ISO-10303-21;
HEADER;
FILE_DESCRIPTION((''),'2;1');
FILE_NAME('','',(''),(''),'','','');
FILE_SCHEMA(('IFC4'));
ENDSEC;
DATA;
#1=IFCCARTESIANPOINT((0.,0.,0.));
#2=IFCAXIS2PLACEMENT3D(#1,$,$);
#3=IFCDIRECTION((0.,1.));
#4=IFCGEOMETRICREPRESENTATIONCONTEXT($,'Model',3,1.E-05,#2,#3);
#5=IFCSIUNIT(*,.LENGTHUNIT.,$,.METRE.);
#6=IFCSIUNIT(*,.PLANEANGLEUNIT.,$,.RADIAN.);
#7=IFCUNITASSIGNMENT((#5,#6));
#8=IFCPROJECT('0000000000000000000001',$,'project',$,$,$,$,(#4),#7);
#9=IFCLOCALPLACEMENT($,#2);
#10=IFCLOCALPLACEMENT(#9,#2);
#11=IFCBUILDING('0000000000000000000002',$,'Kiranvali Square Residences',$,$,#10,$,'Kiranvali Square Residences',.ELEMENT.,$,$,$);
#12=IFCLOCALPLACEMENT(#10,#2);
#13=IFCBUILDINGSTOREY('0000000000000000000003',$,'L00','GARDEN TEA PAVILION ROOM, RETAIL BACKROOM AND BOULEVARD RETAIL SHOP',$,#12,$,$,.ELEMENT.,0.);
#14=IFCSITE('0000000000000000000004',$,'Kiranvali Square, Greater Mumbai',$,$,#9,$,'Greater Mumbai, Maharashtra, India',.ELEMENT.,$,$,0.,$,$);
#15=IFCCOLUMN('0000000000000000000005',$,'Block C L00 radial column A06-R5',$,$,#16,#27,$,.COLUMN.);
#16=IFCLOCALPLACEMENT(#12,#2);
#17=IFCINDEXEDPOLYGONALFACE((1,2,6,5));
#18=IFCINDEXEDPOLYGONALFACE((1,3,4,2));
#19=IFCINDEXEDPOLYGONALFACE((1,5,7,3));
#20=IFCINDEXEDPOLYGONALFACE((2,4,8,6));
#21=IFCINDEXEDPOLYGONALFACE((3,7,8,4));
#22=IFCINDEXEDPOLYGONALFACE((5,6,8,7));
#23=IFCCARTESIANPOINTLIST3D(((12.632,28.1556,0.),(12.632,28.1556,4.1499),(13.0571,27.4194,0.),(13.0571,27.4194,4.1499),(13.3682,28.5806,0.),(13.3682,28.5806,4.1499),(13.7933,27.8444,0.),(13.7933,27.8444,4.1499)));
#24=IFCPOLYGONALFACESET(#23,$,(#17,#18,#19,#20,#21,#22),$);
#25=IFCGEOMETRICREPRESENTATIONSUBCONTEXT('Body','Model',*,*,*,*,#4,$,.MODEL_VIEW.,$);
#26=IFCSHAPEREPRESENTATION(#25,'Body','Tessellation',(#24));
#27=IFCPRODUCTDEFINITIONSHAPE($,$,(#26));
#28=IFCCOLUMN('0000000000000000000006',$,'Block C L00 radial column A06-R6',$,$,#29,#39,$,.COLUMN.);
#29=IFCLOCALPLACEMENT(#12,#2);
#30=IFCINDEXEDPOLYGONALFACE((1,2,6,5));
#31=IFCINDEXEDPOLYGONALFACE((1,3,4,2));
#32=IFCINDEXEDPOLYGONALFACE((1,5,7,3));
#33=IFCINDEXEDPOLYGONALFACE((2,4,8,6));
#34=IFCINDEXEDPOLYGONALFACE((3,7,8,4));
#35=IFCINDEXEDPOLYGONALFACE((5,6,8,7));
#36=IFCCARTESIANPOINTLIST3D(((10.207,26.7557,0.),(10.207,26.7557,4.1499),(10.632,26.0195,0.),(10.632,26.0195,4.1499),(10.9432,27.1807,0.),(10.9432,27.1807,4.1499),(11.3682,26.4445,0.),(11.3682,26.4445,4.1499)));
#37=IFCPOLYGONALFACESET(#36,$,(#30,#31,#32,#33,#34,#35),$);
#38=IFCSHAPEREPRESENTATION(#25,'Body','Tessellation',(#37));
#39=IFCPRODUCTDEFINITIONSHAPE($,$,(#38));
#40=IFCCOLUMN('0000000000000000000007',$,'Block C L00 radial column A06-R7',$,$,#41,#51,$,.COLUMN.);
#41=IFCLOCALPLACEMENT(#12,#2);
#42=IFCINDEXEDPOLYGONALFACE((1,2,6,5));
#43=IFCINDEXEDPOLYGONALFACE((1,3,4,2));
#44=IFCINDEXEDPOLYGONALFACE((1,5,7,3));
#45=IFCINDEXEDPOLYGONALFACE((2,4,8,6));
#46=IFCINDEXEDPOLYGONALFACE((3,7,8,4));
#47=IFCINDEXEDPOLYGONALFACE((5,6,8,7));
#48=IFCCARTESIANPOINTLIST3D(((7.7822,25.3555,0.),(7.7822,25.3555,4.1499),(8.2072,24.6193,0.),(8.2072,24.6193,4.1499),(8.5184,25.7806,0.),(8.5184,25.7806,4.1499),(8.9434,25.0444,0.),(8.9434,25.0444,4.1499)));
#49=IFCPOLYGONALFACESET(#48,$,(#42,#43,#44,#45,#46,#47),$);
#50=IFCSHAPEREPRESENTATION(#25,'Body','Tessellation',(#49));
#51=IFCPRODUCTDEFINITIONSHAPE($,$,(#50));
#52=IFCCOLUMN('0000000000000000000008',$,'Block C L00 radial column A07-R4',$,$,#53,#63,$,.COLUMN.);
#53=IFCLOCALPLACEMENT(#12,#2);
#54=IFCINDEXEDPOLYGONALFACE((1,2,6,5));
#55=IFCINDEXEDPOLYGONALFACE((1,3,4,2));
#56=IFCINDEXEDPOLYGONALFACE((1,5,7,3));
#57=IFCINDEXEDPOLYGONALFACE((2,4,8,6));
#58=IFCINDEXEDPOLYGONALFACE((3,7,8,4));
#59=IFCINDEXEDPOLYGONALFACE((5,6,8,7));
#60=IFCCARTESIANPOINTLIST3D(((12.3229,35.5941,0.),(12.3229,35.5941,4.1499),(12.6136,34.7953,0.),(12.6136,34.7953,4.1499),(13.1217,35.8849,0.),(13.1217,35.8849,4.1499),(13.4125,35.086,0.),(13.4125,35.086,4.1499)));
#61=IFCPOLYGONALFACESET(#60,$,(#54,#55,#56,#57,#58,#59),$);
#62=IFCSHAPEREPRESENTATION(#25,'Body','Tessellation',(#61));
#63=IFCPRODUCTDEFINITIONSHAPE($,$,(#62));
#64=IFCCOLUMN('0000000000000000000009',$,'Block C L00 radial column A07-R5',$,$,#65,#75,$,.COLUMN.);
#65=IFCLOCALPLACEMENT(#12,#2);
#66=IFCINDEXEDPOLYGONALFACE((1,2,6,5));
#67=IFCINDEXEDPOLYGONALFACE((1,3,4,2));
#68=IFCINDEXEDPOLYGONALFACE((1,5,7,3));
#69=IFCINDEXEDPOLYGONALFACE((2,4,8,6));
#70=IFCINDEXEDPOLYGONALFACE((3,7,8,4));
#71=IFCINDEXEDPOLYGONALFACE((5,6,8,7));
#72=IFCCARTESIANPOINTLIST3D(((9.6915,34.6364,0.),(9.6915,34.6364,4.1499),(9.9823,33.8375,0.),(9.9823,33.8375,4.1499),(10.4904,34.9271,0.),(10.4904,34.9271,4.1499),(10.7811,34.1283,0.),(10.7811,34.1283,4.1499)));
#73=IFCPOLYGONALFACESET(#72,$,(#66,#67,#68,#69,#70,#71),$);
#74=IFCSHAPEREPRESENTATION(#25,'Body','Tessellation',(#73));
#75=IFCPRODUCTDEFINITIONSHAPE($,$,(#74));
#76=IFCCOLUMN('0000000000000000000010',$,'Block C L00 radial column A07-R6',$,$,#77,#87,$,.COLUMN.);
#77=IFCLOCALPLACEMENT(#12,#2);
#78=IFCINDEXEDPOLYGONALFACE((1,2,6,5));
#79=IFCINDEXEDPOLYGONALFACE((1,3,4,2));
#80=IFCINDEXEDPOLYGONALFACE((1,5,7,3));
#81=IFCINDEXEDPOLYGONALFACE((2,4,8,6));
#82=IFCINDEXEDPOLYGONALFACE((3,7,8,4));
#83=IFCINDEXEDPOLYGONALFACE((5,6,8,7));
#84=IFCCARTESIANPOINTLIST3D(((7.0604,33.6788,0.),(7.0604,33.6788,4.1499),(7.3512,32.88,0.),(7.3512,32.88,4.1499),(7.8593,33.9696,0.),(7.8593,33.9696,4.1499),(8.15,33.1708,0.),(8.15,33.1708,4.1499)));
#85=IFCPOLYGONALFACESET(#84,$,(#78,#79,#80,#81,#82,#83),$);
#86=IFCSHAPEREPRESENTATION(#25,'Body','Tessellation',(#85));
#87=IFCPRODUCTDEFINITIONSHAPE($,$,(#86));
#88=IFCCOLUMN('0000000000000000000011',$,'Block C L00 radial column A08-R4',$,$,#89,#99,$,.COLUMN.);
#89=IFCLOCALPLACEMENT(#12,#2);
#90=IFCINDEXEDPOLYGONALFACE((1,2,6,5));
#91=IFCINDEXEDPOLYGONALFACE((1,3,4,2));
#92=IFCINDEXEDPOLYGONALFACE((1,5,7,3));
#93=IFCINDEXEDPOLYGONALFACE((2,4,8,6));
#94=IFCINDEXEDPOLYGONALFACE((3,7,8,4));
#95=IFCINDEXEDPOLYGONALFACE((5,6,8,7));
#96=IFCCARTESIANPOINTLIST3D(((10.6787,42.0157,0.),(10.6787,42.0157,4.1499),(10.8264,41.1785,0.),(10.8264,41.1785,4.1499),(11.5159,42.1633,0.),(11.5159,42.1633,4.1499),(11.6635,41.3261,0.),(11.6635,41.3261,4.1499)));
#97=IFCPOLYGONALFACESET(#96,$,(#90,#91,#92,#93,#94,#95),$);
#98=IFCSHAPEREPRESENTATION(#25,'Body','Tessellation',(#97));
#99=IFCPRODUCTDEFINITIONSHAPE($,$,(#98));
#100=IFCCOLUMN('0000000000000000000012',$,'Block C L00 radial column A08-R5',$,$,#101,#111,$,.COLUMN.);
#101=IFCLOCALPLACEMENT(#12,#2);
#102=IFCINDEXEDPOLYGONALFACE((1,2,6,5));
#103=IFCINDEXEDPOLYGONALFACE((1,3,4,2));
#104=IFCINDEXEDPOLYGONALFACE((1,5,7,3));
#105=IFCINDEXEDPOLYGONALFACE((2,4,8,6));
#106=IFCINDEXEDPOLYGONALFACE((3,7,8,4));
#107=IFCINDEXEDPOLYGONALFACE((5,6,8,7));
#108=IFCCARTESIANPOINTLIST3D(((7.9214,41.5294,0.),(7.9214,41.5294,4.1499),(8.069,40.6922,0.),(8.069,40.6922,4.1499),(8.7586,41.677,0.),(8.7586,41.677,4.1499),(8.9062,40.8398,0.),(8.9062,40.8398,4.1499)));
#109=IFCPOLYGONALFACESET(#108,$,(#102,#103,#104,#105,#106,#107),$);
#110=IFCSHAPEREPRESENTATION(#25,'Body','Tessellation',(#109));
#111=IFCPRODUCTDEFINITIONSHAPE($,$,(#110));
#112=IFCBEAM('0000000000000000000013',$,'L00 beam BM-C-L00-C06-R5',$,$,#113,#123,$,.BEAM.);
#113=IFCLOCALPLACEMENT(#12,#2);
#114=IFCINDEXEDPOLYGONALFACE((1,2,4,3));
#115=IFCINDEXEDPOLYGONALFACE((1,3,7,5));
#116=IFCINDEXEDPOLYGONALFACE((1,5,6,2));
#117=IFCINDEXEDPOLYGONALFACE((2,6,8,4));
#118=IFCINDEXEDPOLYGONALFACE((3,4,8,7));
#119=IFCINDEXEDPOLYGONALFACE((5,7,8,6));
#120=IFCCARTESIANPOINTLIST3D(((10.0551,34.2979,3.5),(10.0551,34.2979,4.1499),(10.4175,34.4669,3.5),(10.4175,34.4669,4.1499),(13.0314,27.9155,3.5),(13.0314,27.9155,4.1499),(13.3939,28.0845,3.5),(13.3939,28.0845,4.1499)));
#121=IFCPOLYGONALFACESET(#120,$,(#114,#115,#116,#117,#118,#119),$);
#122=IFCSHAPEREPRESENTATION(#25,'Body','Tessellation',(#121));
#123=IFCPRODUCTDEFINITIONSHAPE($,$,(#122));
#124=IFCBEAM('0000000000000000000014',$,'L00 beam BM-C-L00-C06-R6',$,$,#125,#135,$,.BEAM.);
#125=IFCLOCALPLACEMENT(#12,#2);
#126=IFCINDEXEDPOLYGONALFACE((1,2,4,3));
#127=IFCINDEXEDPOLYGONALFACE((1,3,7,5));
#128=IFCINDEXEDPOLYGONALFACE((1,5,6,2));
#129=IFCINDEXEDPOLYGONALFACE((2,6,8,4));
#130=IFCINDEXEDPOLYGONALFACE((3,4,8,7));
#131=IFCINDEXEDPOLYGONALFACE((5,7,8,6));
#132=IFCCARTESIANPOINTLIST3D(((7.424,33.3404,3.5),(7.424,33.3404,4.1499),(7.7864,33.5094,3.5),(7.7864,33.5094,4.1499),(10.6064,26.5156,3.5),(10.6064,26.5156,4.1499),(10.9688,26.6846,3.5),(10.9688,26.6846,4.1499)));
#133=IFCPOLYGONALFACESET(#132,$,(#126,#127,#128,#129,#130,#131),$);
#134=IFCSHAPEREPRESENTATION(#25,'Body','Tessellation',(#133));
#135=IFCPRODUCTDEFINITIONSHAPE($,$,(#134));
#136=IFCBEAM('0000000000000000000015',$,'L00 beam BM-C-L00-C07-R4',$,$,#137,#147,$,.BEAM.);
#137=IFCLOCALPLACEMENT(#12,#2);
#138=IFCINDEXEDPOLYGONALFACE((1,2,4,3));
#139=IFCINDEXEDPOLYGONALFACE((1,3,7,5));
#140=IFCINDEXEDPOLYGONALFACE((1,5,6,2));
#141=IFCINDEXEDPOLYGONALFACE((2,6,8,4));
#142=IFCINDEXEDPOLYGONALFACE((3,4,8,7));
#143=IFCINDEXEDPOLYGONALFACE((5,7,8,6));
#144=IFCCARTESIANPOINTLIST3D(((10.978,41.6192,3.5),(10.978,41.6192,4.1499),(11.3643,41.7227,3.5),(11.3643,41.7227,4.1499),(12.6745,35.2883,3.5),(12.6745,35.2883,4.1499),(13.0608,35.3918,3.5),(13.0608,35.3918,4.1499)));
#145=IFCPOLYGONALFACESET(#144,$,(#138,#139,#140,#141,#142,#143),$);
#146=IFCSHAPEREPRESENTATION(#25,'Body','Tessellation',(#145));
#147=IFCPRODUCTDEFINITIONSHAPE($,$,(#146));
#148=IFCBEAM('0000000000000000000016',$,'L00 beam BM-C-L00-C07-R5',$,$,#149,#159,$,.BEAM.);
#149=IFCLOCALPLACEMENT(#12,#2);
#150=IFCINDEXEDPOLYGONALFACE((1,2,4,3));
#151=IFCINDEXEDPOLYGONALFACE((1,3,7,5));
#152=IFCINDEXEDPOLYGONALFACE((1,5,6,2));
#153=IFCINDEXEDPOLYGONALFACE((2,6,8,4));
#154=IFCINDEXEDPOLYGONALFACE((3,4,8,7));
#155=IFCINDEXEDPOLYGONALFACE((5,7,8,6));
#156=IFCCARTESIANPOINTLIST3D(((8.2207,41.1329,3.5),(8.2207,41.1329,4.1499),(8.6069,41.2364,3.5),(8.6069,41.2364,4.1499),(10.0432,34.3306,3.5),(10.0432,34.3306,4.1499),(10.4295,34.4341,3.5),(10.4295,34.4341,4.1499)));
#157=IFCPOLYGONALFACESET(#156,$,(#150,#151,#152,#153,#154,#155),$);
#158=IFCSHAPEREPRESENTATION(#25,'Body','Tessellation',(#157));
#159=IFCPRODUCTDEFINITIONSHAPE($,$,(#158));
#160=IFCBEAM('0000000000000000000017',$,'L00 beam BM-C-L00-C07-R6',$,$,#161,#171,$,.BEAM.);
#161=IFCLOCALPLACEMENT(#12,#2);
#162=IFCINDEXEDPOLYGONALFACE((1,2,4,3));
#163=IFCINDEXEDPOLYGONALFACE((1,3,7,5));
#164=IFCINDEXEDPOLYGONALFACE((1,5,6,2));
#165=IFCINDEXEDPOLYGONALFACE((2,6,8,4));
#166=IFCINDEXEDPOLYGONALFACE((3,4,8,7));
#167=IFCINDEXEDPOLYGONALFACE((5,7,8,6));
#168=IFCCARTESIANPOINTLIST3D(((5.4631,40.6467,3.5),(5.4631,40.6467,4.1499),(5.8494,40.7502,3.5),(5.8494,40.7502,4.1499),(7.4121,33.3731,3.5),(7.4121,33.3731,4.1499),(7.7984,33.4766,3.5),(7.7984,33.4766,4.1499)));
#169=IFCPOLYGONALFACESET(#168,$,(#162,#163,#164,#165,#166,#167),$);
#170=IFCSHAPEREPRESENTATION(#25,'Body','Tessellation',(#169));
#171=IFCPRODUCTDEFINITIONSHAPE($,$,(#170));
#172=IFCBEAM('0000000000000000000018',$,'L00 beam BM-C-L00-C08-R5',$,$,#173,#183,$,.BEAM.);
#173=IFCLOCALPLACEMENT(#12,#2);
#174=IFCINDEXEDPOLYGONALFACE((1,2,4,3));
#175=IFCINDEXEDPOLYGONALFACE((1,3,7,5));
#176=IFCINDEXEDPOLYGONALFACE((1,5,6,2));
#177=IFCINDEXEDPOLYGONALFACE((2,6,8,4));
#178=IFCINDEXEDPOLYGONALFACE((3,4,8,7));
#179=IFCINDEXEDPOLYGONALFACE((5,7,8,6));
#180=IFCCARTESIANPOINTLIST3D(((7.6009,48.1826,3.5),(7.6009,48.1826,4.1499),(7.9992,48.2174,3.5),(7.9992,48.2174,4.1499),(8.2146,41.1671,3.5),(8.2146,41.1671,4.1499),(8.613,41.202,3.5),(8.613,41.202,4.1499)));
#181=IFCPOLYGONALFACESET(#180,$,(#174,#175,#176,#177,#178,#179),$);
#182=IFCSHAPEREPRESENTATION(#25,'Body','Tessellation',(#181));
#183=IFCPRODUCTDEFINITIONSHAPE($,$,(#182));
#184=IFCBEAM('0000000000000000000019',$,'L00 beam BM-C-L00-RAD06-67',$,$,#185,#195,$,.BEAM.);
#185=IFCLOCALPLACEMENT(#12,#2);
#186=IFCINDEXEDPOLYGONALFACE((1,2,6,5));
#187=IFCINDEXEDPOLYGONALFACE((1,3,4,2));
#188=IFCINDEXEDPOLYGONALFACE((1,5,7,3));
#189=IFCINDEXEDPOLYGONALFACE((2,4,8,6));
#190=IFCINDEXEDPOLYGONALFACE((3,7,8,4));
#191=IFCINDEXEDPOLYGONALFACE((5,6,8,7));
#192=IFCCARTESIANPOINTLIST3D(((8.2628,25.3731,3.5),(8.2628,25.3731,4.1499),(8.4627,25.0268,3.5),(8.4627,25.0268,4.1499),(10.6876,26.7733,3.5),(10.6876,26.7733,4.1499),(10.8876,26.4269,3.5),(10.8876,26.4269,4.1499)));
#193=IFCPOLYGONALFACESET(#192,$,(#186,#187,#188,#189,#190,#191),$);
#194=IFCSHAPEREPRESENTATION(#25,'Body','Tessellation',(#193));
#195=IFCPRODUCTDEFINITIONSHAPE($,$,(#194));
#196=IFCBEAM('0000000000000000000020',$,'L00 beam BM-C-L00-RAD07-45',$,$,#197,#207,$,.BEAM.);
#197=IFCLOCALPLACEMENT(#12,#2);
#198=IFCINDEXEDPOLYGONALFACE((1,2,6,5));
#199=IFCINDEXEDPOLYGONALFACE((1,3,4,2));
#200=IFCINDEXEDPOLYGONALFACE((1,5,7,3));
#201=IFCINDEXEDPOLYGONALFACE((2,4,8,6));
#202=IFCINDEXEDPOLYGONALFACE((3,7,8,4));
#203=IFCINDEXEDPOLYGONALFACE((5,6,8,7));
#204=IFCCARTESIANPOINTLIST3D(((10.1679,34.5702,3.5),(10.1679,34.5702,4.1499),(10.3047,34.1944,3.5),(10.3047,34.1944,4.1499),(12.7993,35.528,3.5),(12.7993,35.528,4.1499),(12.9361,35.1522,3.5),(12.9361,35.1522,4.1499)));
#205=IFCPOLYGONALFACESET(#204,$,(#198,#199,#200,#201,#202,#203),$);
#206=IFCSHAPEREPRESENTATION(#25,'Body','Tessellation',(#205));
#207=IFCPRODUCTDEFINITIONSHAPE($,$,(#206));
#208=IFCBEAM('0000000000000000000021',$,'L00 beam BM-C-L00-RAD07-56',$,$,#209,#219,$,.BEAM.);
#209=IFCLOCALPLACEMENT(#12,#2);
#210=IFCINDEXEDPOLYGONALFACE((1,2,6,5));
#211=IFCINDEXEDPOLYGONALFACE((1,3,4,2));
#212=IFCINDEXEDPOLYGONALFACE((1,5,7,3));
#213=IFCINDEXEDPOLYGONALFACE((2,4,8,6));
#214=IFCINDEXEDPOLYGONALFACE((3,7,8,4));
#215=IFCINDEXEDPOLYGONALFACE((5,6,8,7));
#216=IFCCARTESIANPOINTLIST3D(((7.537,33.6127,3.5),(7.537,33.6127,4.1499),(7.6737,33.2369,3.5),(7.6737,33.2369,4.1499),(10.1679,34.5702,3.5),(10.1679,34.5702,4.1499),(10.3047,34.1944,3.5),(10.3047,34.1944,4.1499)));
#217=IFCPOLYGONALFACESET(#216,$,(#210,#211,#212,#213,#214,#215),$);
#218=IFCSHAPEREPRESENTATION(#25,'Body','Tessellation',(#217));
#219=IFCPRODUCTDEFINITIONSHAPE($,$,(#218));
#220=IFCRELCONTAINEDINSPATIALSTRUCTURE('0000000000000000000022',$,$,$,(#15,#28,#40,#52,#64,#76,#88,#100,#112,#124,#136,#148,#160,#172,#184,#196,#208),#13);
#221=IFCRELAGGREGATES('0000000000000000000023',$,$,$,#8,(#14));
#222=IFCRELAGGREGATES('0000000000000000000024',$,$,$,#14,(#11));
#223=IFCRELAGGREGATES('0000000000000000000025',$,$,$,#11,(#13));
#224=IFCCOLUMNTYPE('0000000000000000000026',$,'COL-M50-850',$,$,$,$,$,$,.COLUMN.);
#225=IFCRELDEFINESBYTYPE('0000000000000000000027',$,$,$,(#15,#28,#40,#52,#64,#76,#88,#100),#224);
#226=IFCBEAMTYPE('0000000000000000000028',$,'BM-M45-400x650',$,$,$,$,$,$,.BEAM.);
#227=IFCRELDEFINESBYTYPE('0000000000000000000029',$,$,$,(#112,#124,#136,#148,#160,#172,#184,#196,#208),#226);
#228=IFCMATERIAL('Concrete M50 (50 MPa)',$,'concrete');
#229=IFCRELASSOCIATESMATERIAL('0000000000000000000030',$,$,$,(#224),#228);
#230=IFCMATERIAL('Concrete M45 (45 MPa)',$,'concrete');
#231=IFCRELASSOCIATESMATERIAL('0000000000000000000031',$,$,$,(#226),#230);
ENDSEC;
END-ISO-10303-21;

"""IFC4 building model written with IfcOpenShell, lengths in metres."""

from ifc_helpers import new_model, si_unit, direction, frame, origin, origin_2d, place, context, subcontext, project, spatial, rectangle, extrude, material, material_profile, profile_set, type_object, element, save


model = new_model("IFC4")

# Units and contexts
model_context = context("Model", 3, precision=1e-05, world=origin(), true_north=direction((0.0, 1.0)))
body_context = subcontext(model_context, "Body", "Model", "MODEL_VIEW")
ifc_project = project(units=[si_unit("LENGTHUNIT", "METRE"), si_unit("PLANEANGLEUNIT", "RADIAN")], contexts=[model_context])

# Site, building, storey
site_placement = place(None, origin())
site = spatial("IfcSite", under=ifc_project, at=site_placement, Name="Kiranvali Square, Greater Mumbai", LongName="Greater Mumbai, Maharashtra, India", CompositionType="ELEMENT", RefElevation=0.0)
building_placement = place(site_placement, origin())
building = spatial("IfcBuilding", under=site, at=building_placement, Name="Kiranvali Square Residences", LongName="Kiranvali Square Residences", CompositionType="ELEMENT")
storey_placement = place(building_placement, origin())
storey = spatial("IfcBuildingStorey", under=building, at=storey_placement, Name="L00", Description="GARDEN TEA PAVILION ROOM, RETAIL BACKROOM AND BOULEVARD RETAIL SHOP", CompositionType="ELEMENT", Elevation=0.0)

# Columns
ifc_material_1 = material(Name="Concrete M50 (50 MPa)", Category="concrete")
ifc_material_profile_1 = material_profile(ifc_material_1, rectangle(XDim=0.8501, YDim=0.8501, at=origin_2d()), Name="RC 850x850")
ifc_profile_set_1 = profile_set([ifc_material_profile_1], Name="Concrete M50 (50 MPa)")
column_type = type_object("IfcColumnType", Name="COL-M50-850", PredefinedType="COLUMN", material=ifc_profile_set_1)
for number, where, z_axis, x_axis, name in (
    (1, (13.2126, 28.0, 0.0), (0.0, 0.0, 1.0), (-0.5, 0.866025, 0.0), "Block C L00 radial column A06-R5"),
    (2, (10.7876, 26.6001, 0.0), (0.0, 0.0, 1.0), (-0.5, 0.866025, 0.0), "Block C L00 radial column A06-R6"),
    (3, (8.3628, 25.2, 0.0), (0.0, 0.0, 1.0), (-0.5, 0.866025, 0.0), "Block C L00 radial column A06-R7"),
    (4, (12.8677, 35.3401, 0.0), (0.0, 0.0, 1.0), (-0.34202, 0.939693, 0.0), "Block C L00 radial column A07-R4"),
    (5, (10.2363, 34.3823, 0.0), (0.0, 0.0, 1.0), (-0.34202, 0.939693, 0.0), "Block C L00 radial column A07-R5"),
    (6, (7.6052, 33.4248, 0.0), (0.0, 0.0, 1.0), (-0.34202, 0.939693, 0.0), "Block C L00 radial column A07-R6"),
    (7, (11.1711, 41.6709, 0.0), (0.0, 0.0, 1.0), (-0.173648, 0.984808, 0.0), "Block C L00 radial column A08-R4"),
    (8, (8.4138, 41.1846, 0.0), (0.0, 0.0, 1.0), (-0.173648, 0.984808, 0.0), "Block C L00 radial column A08-R5"),
):
    element("IfcColumn", number, at=place(storey_placement, frame(where, z_axis=z_axis, x_axis=x_axis)), inside=storey, type_object=column_type, Name=name, PredefinedType="COLUMN", context=body_context, shape_type="SweptSolid", body=[
        extrude(rectangle(XDim=0.8501, YDim=0.8501, at=origin_2d()), origin(), (0.0, 0.0, 1.0), 4.1499),
    ])

# Beams
ifc_material_2 = material(Name="Concrete M45 (45 MPa)", Category="concrete")
ifc_material_profile_2 = material_profile(ifc_material_2, rectangle(XDim=0.3999, YDim=0.6499, at=origin_2d()), Name="RC 400x650")
ifc_profile_set_2 = profile_set([ifc_material_profile_2], Name="Concrete M45 (45 MPa)")
beam_type_1 = type_object("IfcBeamType", Name="BM-M45-400x650", PredefinedType="BEAM", material=ifc_profile_set_2)
beam_1_placement = place(storey_placement, frame((13.2126, 28.0, 3.825), z_axis=(-0.422641, 0.906297, 0.0), x_axis=(-0.906297, -0.422641, 0.0)))
element("IfcBeam", 9, at=beam_1_placement, inside=storey, type_object=beam_type_1, Name="L00 beam BM-C-L00-C06-R5", PredefinedType="BEAM", context=body_context, shape_type="SweptSolid", body=[
    extrude(rectangle(XDim=0.3999, YDim=0.6499, at=origin_2d()), origin(), (0.0, 0.0, 1.0), 7.0422),
])
beam_2_placement = place(storey_placement, frame((10.7876, 26.6001, 3.825), z_axis=(-0.422614, 0.90631, 0.0), x_axis=(-0.90631, -0.422614, 0.0)))
element("IfcBeam", 10, at=beam_2_placement, inside=storey, type_object=beam_type_1, Name="L00 beam BM-C-L00-C06-R6", PredefinedType="BEAM", context=body_context, shape_type="SweptSolid", body=[
    extrude(rectangle(XDim=0.3999, YDim=0.6499, at=origin_2d()), origin(), (0.0, 0.0, 1.0), 7.5303),
])
beam_3_placement = place(storey_placement, frame((12.8677, 35.3401, 3.825), z_axis=(-0.258847, 0.965918, 0.0), x_axis=(-0.965918, -0.258847, 0.0)))
element("IfcBeam", 11, at=beam_3_placement, inside=storey, type_object=beam_type_1, Name="L00 beam BM-C-L00-C07-R4", PredefinedType="BEAM", context=body_context, shape_type="SweptSolid", body=[
    extrude(rectangle(XDim=0.3999, YDim=0.6499, at=origin_2d()), origin(), (0.0, 0.0, 1.0), 6.5542),
])
beam_4_placement = place(storey_placement, frame((10.2363, 34.3823, 3.825), z_axis=(-0.2588, 0.965931, 0.0), x_axis=(-0.965931, -0.2588, 0.0)))
element("IfcBeam", 12, at=beam_4_placement, inside=storey, type_object=beam_type_1, Name="L00 beam BM-C-L00-C07-R5", PredefinedType="BEAM", context=body_context, shape_type="SweptSolid", body=[
    extrude(rectangle(XDim=0.3999, YDim=0.6499, at=origin_2d()), origin(), (0.0, 0.0, 1.0), 7.0422),
])
beam_5_placement = place(storey_placement, frame((7.6052, 33.4248, 3.825), z_axis=(-0.258819, 0.965926, 0.0), x_axis=(-0.965926, -0.258819, 0.0)))
element("IfcBeam", 13, at=beam_5_placement, inside=storey, type_object=beam_type_1, Name="L00 beam BM-C-L00-C07-R6", PredefinedType="BEAM", context=body_context, shape_type="SweptSolid", body=[
    extrude(rectangle(XDim=0.3999, YDim=0.6499, at=origin_2d()), origin(), (0.0, 0.0, 1.0), 7.5303),
])
beam_6_placement = place(storey_placement, frame((8.4138, 41.1846, 3.825), z_axis=(-0.087156, 0.996195, 0.0), x_axis=(-0.996195, -0.087156, 0.0)))
element("IfcBeam", 14, at=beam_6_placement, inside=storey, type_object=beam_type_1, Name="L00 beam BM-C-L00-C08-R5", PredefinedType="BEAM", context=body_context, shape_type="SweptSolid", body=[
    extrude(rectangle(XDim=0.3999, YDim=0.6499, at=origin_2d()), origin(), (0.0, 0.0, 1.0), 7.0422),
])
beam_7_placement = place(storey_placement, frame((10.7876, 26.6001, 3.825), z_axis=(-0.865997, -0.50005, 0.0), x_axis=(0.50005, -0.865997, 0.0)))
element("IfcBeam", 15, at=beam_7_placement, inside=storey, type_object=beam_type_1, Name="L00 beam BM-C-L00-RAD06-67", PredefinedType="BEAM", context=body_context, shape_type="SweptSolid", body=[
    extrude(rectangle(XDim=0.3999, YDim=0.6499, at=origin_2d()), origin(), (0.0, 0.0, 1.0), 2.8),
])
beam_8_placement = place(storey_placement, frame((12.8677, 35.3401, 3.825), z_axis=(-0.939689, -0.34203, 0.0), x_axis=(0.34203, -0.939689, 0.0)))
element("IfcBeam", 16, at=beam_8_placement, inside=storey, type_object=beam_type_1, Name="L00 beam BM-C-L00-RAD07-45", PredefinedType="BEAM", context=body_context, shape_type="SweptSolid", body=[
    extrude(rectangle(XDim=0.3999, YDim=0.6499, at=origin_2d()), origin(), (0.0, 0.0, 1.0), 2.8003),
])
beam_9_placement = place(storey_placement, frame((10.2363, 34.3823, 3.825), z_axis=(-0.939707, -0.341981, 0.0), x_axis=(0.341981, -0.939707, 0.0)))
element("IfcBeam", 17, at=beam_9_placement, inside=storey, type_object=beam_type_1, Name="L00 beam BM-C-L00-RAD07-56", PredefinedType="BEAM", context=body_context, shape_type="SweptSolid", body=[
    extrude(rectangle(XDim=0.3999, YDim=0.6499, at=origin_2d()), origin(), (0.0, 0.0, 1.0), 2.7998),
])

save(model, "model.ifc")
